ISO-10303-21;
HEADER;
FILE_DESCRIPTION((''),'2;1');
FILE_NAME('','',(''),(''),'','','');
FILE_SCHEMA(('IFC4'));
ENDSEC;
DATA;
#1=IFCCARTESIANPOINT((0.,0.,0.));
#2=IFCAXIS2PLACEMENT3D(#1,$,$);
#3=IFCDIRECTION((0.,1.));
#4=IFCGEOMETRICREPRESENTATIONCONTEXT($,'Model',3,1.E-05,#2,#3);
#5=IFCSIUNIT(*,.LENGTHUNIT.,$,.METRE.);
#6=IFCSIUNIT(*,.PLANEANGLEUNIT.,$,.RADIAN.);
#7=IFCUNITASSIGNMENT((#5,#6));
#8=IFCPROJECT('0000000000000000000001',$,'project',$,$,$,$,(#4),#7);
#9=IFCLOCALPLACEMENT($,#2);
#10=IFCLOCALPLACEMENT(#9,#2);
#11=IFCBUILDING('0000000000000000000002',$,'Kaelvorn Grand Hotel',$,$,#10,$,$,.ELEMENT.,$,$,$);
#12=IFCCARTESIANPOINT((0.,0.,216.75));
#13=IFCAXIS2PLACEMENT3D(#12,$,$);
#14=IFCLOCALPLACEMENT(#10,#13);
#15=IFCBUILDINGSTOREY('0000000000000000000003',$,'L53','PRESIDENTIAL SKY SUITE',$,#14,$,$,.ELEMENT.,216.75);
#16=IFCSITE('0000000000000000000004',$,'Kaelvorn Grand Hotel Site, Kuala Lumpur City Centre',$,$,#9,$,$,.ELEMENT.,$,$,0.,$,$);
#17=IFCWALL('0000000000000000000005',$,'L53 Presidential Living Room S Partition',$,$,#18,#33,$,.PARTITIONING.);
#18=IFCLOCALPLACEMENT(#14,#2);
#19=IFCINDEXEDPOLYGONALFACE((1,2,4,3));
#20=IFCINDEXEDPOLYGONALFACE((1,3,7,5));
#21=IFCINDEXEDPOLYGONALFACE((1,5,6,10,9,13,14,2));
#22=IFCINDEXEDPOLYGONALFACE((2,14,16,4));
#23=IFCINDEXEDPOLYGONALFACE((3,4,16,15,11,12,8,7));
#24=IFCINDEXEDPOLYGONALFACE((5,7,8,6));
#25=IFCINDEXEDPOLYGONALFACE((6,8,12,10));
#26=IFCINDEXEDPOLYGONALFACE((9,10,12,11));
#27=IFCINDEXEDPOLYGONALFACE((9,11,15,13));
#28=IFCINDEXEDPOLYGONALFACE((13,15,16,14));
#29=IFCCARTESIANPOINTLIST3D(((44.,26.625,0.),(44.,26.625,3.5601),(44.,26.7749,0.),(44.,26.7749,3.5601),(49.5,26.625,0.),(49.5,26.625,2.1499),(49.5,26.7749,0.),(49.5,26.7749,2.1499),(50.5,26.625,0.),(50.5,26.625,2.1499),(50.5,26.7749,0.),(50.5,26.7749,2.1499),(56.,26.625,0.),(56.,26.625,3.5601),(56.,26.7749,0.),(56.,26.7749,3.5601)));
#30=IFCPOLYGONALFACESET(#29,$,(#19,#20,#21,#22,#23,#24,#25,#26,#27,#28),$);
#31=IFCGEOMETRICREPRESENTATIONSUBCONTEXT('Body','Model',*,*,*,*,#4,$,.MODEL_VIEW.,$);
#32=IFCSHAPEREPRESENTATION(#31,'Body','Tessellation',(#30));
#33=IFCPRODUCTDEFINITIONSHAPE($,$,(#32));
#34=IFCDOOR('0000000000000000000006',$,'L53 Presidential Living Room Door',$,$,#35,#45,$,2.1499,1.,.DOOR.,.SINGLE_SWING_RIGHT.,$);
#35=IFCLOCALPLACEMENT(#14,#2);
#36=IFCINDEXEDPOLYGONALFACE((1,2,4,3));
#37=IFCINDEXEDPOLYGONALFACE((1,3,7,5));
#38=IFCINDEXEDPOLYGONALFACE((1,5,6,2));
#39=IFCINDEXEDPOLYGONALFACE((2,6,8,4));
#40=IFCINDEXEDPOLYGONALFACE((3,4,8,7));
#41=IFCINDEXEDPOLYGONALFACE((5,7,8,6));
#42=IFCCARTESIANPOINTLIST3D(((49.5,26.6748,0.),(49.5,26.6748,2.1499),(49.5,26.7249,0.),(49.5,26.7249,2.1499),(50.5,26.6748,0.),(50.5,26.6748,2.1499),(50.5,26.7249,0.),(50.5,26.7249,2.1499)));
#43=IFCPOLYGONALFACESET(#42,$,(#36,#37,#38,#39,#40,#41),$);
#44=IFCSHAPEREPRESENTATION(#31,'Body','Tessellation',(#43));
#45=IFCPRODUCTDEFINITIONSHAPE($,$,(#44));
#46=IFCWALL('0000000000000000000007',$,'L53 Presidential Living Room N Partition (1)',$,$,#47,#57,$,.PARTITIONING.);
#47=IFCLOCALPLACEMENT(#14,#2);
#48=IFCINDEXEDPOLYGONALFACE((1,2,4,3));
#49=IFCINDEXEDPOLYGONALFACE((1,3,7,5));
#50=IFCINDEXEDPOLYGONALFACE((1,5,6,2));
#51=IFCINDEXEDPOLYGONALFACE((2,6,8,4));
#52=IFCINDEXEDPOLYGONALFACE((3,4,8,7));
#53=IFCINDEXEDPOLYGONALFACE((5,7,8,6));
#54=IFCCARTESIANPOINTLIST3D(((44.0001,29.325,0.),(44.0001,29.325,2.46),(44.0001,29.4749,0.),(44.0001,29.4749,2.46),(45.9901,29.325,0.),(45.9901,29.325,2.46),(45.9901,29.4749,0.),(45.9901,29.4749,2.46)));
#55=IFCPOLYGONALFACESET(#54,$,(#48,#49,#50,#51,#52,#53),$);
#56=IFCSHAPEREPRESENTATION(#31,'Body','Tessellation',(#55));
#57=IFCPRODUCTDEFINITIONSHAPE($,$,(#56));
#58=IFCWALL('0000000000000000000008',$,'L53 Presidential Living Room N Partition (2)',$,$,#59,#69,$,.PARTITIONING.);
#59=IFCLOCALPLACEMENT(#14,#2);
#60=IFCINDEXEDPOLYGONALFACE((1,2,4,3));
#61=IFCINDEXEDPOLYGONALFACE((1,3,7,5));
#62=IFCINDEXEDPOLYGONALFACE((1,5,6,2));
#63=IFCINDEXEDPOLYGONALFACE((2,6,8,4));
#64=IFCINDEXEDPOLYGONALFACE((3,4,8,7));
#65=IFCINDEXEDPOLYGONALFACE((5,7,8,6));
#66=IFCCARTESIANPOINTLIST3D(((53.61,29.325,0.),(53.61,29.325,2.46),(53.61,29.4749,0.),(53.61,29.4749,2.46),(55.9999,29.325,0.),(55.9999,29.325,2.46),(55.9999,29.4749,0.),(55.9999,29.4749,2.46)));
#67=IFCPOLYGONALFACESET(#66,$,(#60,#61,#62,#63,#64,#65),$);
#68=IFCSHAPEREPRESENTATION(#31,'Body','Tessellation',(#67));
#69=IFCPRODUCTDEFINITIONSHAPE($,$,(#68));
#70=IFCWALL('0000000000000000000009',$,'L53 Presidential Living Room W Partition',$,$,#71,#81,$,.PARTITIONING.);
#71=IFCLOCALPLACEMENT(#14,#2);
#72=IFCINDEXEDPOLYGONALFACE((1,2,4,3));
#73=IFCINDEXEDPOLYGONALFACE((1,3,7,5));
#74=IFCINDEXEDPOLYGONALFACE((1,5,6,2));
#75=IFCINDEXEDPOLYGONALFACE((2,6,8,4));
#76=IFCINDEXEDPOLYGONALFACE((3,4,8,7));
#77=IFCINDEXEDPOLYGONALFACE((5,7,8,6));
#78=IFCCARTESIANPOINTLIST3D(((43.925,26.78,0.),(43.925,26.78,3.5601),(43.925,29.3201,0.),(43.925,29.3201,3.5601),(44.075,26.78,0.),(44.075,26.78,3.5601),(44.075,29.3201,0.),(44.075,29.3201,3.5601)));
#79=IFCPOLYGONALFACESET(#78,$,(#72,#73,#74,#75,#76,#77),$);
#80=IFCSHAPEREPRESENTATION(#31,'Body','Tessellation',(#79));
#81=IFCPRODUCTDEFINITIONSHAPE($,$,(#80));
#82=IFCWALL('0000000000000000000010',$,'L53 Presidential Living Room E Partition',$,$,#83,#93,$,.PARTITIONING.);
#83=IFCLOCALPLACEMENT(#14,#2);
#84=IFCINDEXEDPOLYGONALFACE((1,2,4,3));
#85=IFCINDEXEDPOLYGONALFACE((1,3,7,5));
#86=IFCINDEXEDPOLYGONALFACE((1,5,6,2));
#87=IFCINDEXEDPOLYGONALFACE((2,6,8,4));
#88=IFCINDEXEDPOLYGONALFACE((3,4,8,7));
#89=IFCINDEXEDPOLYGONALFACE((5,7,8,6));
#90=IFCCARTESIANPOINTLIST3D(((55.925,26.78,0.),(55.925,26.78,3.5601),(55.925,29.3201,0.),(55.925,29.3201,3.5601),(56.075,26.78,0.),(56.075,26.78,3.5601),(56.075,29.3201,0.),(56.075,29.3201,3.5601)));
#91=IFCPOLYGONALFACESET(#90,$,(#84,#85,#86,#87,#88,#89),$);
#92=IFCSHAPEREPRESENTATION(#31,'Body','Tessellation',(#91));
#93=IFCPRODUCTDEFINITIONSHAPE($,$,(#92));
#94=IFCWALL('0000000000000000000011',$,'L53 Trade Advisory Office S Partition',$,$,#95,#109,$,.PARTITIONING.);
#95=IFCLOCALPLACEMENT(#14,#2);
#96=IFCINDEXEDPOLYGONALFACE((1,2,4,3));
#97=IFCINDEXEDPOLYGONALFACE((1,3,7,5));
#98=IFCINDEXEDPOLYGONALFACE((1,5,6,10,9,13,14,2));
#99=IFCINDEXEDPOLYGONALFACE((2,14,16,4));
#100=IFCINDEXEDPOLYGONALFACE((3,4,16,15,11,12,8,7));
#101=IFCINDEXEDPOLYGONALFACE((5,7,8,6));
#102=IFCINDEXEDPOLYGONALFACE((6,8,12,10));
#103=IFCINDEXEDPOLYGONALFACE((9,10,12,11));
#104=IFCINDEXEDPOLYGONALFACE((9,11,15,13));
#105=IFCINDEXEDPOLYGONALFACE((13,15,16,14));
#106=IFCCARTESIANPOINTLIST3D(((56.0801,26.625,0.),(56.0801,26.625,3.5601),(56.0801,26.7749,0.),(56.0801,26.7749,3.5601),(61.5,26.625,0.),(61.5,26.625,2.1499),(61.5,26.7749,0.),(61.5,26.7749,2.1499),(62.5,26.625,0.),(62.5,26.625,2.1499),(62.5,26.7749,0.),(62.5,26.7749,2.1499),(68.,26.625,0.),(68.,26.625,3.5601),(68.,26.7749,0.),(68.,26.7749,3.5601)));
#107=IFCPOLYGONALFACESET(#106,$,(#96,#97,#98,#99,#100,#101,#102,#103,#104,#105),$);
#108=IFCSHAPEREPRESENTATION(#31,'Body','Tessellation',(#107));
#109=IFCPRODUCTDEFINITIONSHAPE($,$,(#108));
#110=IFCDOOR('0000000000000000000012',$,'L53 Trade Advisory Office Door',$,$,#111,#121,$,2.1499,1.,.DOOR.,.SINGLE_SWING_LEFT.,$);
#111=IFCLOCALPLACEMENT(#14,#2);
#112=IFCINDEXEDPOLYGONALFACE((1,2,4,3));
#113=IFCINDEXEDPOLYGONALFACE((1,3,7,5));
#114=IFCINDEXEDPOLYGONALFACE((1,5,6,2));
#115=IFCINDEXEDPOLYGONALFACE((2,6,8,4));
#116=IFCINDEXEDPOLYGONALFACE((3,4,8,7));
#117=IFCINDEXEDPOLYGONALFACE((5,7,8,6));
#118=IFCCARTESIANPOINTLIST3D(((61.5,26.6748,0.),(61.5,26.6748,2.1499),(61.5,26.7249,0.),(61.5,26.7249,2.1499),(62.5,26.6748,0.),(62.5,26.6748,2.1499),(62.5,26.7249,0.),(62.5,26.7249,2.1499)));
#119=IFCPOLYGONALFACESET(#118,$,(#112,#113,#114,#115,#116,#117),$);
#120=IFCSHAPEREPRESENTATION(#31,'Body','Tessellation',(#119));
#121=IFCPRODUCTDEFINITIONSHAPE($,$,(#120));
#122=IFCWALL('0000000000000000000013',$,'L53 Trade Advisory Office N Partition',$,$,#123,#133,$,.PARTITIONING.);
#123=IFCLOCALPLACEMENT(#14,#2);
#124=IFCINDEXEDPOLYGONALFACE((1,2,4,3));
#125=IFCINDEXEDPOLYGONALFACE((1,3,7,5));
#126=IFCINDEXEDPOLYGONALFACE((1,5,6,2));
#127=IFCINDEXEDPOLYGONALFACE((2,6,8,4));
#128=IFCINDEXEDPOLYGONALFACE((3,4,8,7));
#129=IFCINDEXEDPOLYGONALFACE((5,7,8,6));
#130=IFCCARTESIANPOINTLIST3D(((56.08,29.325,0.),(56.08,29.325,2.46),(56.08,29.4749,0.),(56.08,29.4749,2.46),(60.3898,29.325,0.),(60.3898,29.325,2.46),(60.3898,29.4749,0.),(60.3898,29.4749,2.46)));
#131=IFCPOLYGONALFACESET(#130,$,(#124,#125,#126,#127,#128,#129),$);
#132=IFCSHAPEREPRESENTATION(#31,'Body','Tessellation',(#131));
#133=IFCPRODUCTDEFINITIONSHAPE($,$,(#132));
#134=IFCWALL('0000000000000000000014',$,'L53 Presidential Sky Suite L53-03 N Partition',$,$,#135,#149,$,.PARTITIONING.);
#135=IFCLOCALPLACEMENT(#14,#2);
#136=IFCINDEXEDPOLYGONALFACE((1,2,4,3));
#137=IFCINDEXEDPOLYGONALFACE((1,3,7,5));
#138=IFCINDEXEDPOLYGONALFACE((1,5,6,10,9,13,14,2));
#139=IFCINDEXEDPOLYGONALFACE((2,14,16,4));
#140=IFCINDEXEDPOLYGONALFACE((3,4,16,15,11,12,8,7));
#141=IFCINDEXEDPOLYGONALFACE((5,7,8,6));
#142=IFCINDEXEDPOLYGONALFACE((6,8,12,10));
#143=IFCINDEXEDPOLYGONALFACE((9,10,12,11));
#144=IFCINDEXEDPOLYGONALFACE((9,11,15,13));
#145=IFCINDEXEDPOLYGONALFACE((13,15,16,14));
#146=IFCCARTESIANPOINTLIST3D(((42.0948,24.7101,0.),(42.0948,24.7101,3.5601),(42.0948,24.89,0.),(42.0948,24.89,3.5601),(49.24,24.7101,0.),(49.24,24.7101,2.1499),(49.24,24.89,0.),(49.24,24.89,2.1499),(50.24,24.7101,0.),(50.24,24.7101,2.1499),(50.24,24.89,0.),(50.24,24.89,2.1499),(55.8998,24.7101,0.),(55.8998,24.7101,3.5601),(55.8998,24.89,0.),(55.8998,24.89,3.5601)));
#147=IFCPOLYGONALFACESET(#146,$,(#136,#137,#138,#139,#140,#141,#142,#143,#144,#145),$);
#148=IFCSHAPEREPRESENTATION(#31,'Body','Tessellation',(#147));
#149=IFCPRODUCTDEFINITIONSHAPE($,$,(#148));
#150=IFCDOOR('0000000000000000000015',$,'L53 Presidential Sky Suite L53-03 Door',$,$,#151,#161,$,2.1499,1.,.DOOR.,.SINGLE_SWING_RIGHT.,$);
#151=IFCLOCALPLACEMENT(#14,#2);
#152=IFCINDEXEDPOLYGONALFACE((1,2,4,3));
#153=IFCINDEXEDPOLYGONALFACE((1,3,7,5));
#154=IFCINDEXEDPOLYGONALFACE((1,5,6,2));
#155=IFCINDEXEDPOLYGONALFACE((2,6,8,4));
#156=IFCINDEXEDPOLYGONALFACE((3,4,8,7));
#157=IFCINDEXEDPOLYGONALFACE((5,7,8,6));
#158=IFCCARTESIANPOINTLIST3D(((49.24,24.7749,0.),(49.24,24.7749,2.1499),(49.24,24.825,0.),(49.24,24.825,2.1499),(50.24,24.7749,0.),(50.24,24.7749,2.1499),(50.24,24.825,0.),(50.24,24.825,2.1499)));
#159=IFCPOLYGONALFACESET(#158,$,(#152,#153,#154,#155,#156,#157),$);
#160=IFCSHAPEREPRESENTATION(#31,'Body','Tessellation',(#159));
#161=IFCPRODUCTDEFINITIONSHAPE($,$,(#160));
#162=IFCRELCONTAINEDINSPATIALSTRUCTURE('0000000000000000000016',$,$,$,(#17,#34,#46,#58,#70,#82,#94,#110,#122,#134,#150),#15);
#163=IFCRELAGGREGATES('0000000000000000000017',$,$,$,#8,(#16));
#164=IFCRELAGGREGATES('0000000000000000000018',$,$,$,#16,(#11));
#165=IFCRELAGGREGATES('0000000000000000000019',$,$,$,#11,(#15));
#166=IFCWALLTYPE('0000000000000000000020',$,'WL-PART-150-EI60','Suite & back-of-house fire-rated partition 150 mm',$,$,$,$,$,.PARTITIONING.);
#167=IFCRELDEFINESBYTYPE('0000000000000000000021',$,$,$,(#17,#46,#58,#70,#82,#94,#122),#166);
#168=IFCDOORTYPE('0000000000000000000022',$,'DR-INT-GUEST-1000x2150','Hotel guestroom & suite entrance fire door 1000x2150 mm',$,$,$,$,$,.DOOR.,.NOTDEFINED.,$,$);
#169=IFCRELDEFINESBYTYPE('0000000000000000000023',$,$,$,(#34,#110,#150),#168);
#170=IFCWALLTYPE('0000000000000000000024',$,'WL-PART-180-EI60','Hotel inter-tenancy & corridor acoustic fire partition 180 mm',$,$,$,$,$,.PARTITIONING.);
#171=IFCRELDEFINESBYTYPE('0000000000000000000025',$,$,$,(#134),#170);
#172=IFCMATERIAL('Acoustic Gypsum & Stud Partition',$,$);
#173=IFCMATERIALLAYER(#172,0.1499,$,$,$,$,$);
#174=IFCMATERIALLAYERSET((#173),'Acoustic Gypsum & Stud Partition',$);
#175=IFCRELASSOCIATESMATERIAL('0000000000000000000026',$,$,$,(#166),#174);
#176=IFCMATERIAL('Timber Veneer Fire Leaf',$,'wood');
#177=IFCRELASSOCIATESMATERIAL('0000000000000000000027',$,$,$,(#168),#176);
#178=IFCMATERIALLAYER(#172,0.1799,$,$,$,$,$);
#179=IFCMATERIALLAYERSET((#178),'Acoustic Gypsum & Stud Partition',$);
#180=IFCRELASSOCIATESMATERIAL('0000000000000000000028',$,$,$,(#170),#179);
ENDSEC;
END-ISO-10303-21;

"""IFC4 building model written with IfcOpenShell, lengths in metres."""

from ifc_helpers import new_model, si_unit, direction, frame, frame_2d, origin, place, context, subcontext, project, spatial, rectangle, extrude, material, layer, layer_set, type_object, element, fill, save


model = new_model("IFC4")

# Units and contexts
model_context = context("Model", 3, precision=1e-05, world=origin(), true_north=direction((0.0, 1.0)))
body_context = subcontext(model_context, "Body", "Model", "MODEL_VIEW")
ifc_project = project(units=[si_unit("LENGTHUNIT", "METRE"), si_unit("PLANEANGLEUNIT", "RADIAN")], contexts=[model_context])

# Site, building, storey
site_placement = place(None, origin())
site = spatial("IfcSite", under=ifc_project, at=site_placement, Name="Kaelvorn Grand Hotel Site, Kuala Lumpur City Centre", CompositionType="ELEMENT", RefElevation=0.0)
building_placement = place(site_placement, origin())
building = spatial("IfcBuilding", under=site, at=building_placement, Name="Kaelvorn Grand Hotel", CompositionType="ELEMENT")
storey_placement = place(building_placement, frame((0.0, 0.0, 216.75)))
storey = spatial("IfcBuildingStorey", under=building, at=storey_placement, Name="L53", Description="PRESIDENTIAL SKY SUITE", CompositionType="ELEMENT", Elevation=216.75)

# Wall, opening, door
ifc_material_1 = material(Name="Acoustic Gypsum & Stud Partition")
ifc_layer_1 = layer(ifc_material_1, 0.1499)
ifc_layer_set_1 = layer_set([ifc_layer_1], Name="Acoustic Gypsum & Stud Partition")
wall_type_1 = type_object("IfcWallType", Name="WL-PART-150-EI60", Description="Suite & back-of-house fire-rated partition 150 mm", PredefinedType="PARTITIONING", material=ifc_layer_set_1)
wall_1_placement = place(storey_placement, frame((44.0, 26.7, 0.0), z_axis=(0.0, 0.0, 1.0), x_axis=(1.0, 0.0, 0.0)))
wall_1 = element("IfcWall", 1, at=wall_1_placement, inside=storey, type_object=wall_type_1, Name="L53 Presidential Living Room S Partition", PredefinedType="PARTITIONING", context=body_context, shape_type="SweptSolid", body=[
    extrude(rectangle(XDim=12.0, YDim=0.1499, at=frame_2d((6.0, 0.0))), origin(), (0.0, 0.0, 1.0), 3.5601),
])
opening_1_placement = place(wall_1_placement, frame((5.5, 0.0, 0.0)))
opening_1 = element("IfcOpeningElement", 2, at=opening_1_placement, cuts=wall_1, PredefinedType="OPENING", context=body_context, shape_type="SweptSolid", body=[
    extrude(rectangle(XDim=1.0, YDim=2.1499, at=frame_2d((0.5, 1.075))), frame((0.0, 0.085, 0.0), z_axis=(0.0, -1.0, 0.0), x_axis=(1.0, 0.0, 0.0)), (0.0, 0.0, 1.0), 0.1699),
])
ifc_material_2 = material(Name="Timber Veneer Fire Leaf", Category="wood")
door_type_1 = type_object("IfcDoorType", Name="DR-INT-GUEST-1000x2150", Description="Hotel guestroom & suite entrance fire door 1000x2150 mm", OperationType="NOTDEFINED", PredefinedType="DOOR", material=ifc_material_2)
door_1_placement = place(opening_1_placement, origin())
door_1 = element("IfcDoor", 3, at=door_1_placement, inside=storey, type_object=door_type_1, Name="L53 Presidential Living Room Door", OperationType="SINGLE_SWING_RIGHT", OverallHeight=2.1499, OverallWidth=1.0, PredefinedType="DOOR", context=body_context, shape_type="SweptSolid", body=[
    extrude(rectangle(XDim=1.0, YDim=2.1499, at=frame_2d((0.5, 1.075))), frame((0.0, 0.0249, 0.0), z_axis=(0.0, -1.0, 0.0), x_axis=(1.0, 0.0, 0.0)), (0.0, 0.0, 1.0), 0.05),
])
fill(opening_1, door_1)

# Walls
wall_2_placement = place(storey_placement, frame((44.0, 29.3999, 0.0), z_axis=(0.0, 0.0, 1.0), x_axis=(1.0, 0.0, 0.0)))
element("IfcWall", 4, at=wall_2_placement, inside=storey, type_object=wall_type_1, Name="L53 Presidential Living Room N Partition (1)", PredefinedType="PARTITIONING", context=body_context, shape_type="SweptSolid", body=[
    extrude(rectangle(XDim=1.99, YDim=0.1499, at=frame_2d((0.9951, 0.0))), origin(), (0.0, 0.0, 1.0), 2.46),
])
wall_3_placement = place(storey_placement, frame((53.6101, 29.3999, 0.0), z_axis=(0.0, 0.0, 1.0), x_axis=(1.0, 0.0, 0.0)))
element("IfcWall", 5, at=wall_3_placement, inside=storey, type_object=wall_type_1, Name="L53 Presidential Living Room N Partition (2)", PredefinedType="PARTITIONING", context=body_context, shape_type="SweptSolid", body=[
    extrude(rectangle(XDim=2.3899, YDim=0.1499, at=frame_2d((1.1948, 0.0))), origin(), (0.0, 0.0, 1.0), 2.46),
])
for number, where, z_axis, x_axis, name in (
    (6, (44.0, 26.78, 0.0), (0.0, 0.0, 1.0), (0.0, 1.0, 0.0), "L53 Presidential Living Room W Partition"),
    (7, (56.0, 26.78, 0.0), (0.0, 0.0, 1.0), (0.0, 1.0, 0.0), "L53 Presidential Living Room E Partition"),
):
    element("IfcWall", number, at=place(storey_placement, frame(where, z_axis=z_axis, x_axis=x_axis)), inside=storey, type_object=wall_type_1, Name=name, PredefinedType="PARTITIONING", context=body_context, shape_type="SweptSolid", body=[
        extrude(rectangle(XDim=2.54, YDim=0.1499, at=frame_2d((1.27, 0.0))), origin(), (0.0, 0.0, 1.0), 3.5601),
    ])

# Wall, opening, door
wall_4_placement = place(storey_placement, frame((56.0801, 26.7, 0.0), z_axis=(0.0, 0.0, 1.0), x_axis=(1.0, 0.0, 0.0)))
wall_4 = element("IfcWall", 8, at=wall_4_placement, inside=storey, type_object=wall_type_1, Name="L53 Trade Advisory Office S Partition", PredefinedType="PARTITIONING", context=body_context, shape_type="SweptSolid", body=[
    extrude(rectangle(XDim=11.9199, YDim=0.1499, at=frame_2d((5.96, 0.0))), origin(), (0.0, 0.0, 1.0), 3.5601),
])
opening_2_placement = place(wall_4_placement, frame((5.4199, 0.0, 0.0)))
opening_2 = element("IfcOpeningElement", 9, at=opening_2_placement, cuts=wall_4, PredefinedType="OPENING", context=body_context, shape_type="SweptSolid", body=[
    extrude(rectangle(XDim=1.0, YDim=2.1499, at=frame_2d((0.5, 1.075))), frame((0.0, 0.085, 0.0), z_axis=(0.0, -1.0, 0.0), x_axis=(1.0, 0.0, 0.0)), (0.0, 0.0, 1.0), 0.1699),
])
door_2_placement = place(opening_2_placement, origin())
door_2 = element("IfcDoor", 10, at=door_2_placement, inside=storey, type_object=door_type_1, Name="L53 Trade Advisory Office Door", OperationType="SINGLE_SWING_LEFT", OverallHeight=2.1499, OverallWidth=1.0, PredefinedType="DOOR", context=body_context, shape_type="SweptSolid", body=[
    extrude(rectangle(XDim=1.0, YDim=2.1499, at=frame_2d((0.5, 1.075))), frame((0.0, 0.0249, 0.0), z_axis=(0.0, -1.0, 0.0), x_axis=(1.0, 0.0, 0.0)), (0.0, 0.0, 1.0), 0.05),
])
fill(opening_2, door_2)

# Wall
wall_5_placement = place(storey_placement, frame((56.0801, 29.3999, 0.0), z_axis=(0.0, 0.0, 1.0), x_axis=(1.0, 0.0, 0.0)))
element("IfcWall", 11, at=wall_5_placement, inside=storey, type_object=wall_type_1, Name="L53 Trade Advisory Office N Partition", PredefinedType="PARTITIONING", context=body_context, shape_type="SweptSolid", body=[
    extrude(rectangle(XDim=4.3098, YDim=0.1499, at=frame_2d((2.1548, 0.0))), origin(), (0.0, 0.0, 1.0), 2.46),
])

# Wall, opening, door
ifc_layer_2 = layer(ifc_material_1, 0.1799)
ifc_layer_set_2 = layer_set([ifc_layer_2], Name="Acoustic Gypsum & Stud Partition")
wall_type_2 = type_object("IfcWallType", Name="WL-PART-180-EI60", Description="Hotel inter-tenancy & corridor acoustic fire partition 180 mm", PredefinedType="PARTITIONING", material=ifc_layer_set_2)
wall_6_placement = place(storey_placement, frame((42.095, 24.8, 0.0), z_axis=(0.0, 0.0, 1.0), x_axis=(1.0, 0.0, 0.0)))
wall_6 = element("IfcWall", 12, at=wall_6_placement, inside=storey, type_object=wall_type_2, Name="L53 Presidential Sky Suite L53-03 N Partition", PredefinedType="PARTITIONING", context=body_context, shape_type="SweptSolid", body=[
    extrude(rectangle(XDim=13.8049, YDim=0.1799, at=frame_2d((6.9023, 0.0))), origin(), (0.0, 0.0, 1.0), 3.5601),
])
opening_3_placement = place(wall_6_placement, frame((7.145, 0.0, 0.0)))
opening_3 = element("IfcOpeningElement", 13, at=opening_3_placement, cuts=wall_6, PredefinedType="OPENING", context=body_context, shape_type="SweptSolid", body=[
    extrude(rectangle(XDim=1.0, YDim=2.1499, at=frame_2d((0.5, 1.075))), frame((0.0, 0.1001, 0.0), z_axis=(0.0, -1.0, 0.0), x_axis=(1.0, 0.0, 0.0)), (0.0, 0.0, 1.0), 0.2),
])
door_3_placement = place(opening_3_placement, origin())
door_3 = element("IfcDoor", 14, at=door_3_placement, inside=storey, type_object=door_type_1, Name="L53 Presidential Sky Suite L53-03 Door", OperationType="SINGLE_SWING_RIGHT", OverallHeight=2.1499, OverallWidth=1.0, PredefinedType="DOOR", context=body_context, shape_type="SweptSolid", body=[
    extrude(rectangle(XDim=1.0, YDim=2.1499, at=frame_2d((0.5, 1.075))), frame((0.0, 0.0249, 0.0), z_axis=(0.0, -1.0, 0.0), x_axis=(1.0, 0.0, 0.0)), (0.0, 0.0, 1.0), 0.05),
])
fill(opening_3, door_3)

save(model, "model.ifc")
